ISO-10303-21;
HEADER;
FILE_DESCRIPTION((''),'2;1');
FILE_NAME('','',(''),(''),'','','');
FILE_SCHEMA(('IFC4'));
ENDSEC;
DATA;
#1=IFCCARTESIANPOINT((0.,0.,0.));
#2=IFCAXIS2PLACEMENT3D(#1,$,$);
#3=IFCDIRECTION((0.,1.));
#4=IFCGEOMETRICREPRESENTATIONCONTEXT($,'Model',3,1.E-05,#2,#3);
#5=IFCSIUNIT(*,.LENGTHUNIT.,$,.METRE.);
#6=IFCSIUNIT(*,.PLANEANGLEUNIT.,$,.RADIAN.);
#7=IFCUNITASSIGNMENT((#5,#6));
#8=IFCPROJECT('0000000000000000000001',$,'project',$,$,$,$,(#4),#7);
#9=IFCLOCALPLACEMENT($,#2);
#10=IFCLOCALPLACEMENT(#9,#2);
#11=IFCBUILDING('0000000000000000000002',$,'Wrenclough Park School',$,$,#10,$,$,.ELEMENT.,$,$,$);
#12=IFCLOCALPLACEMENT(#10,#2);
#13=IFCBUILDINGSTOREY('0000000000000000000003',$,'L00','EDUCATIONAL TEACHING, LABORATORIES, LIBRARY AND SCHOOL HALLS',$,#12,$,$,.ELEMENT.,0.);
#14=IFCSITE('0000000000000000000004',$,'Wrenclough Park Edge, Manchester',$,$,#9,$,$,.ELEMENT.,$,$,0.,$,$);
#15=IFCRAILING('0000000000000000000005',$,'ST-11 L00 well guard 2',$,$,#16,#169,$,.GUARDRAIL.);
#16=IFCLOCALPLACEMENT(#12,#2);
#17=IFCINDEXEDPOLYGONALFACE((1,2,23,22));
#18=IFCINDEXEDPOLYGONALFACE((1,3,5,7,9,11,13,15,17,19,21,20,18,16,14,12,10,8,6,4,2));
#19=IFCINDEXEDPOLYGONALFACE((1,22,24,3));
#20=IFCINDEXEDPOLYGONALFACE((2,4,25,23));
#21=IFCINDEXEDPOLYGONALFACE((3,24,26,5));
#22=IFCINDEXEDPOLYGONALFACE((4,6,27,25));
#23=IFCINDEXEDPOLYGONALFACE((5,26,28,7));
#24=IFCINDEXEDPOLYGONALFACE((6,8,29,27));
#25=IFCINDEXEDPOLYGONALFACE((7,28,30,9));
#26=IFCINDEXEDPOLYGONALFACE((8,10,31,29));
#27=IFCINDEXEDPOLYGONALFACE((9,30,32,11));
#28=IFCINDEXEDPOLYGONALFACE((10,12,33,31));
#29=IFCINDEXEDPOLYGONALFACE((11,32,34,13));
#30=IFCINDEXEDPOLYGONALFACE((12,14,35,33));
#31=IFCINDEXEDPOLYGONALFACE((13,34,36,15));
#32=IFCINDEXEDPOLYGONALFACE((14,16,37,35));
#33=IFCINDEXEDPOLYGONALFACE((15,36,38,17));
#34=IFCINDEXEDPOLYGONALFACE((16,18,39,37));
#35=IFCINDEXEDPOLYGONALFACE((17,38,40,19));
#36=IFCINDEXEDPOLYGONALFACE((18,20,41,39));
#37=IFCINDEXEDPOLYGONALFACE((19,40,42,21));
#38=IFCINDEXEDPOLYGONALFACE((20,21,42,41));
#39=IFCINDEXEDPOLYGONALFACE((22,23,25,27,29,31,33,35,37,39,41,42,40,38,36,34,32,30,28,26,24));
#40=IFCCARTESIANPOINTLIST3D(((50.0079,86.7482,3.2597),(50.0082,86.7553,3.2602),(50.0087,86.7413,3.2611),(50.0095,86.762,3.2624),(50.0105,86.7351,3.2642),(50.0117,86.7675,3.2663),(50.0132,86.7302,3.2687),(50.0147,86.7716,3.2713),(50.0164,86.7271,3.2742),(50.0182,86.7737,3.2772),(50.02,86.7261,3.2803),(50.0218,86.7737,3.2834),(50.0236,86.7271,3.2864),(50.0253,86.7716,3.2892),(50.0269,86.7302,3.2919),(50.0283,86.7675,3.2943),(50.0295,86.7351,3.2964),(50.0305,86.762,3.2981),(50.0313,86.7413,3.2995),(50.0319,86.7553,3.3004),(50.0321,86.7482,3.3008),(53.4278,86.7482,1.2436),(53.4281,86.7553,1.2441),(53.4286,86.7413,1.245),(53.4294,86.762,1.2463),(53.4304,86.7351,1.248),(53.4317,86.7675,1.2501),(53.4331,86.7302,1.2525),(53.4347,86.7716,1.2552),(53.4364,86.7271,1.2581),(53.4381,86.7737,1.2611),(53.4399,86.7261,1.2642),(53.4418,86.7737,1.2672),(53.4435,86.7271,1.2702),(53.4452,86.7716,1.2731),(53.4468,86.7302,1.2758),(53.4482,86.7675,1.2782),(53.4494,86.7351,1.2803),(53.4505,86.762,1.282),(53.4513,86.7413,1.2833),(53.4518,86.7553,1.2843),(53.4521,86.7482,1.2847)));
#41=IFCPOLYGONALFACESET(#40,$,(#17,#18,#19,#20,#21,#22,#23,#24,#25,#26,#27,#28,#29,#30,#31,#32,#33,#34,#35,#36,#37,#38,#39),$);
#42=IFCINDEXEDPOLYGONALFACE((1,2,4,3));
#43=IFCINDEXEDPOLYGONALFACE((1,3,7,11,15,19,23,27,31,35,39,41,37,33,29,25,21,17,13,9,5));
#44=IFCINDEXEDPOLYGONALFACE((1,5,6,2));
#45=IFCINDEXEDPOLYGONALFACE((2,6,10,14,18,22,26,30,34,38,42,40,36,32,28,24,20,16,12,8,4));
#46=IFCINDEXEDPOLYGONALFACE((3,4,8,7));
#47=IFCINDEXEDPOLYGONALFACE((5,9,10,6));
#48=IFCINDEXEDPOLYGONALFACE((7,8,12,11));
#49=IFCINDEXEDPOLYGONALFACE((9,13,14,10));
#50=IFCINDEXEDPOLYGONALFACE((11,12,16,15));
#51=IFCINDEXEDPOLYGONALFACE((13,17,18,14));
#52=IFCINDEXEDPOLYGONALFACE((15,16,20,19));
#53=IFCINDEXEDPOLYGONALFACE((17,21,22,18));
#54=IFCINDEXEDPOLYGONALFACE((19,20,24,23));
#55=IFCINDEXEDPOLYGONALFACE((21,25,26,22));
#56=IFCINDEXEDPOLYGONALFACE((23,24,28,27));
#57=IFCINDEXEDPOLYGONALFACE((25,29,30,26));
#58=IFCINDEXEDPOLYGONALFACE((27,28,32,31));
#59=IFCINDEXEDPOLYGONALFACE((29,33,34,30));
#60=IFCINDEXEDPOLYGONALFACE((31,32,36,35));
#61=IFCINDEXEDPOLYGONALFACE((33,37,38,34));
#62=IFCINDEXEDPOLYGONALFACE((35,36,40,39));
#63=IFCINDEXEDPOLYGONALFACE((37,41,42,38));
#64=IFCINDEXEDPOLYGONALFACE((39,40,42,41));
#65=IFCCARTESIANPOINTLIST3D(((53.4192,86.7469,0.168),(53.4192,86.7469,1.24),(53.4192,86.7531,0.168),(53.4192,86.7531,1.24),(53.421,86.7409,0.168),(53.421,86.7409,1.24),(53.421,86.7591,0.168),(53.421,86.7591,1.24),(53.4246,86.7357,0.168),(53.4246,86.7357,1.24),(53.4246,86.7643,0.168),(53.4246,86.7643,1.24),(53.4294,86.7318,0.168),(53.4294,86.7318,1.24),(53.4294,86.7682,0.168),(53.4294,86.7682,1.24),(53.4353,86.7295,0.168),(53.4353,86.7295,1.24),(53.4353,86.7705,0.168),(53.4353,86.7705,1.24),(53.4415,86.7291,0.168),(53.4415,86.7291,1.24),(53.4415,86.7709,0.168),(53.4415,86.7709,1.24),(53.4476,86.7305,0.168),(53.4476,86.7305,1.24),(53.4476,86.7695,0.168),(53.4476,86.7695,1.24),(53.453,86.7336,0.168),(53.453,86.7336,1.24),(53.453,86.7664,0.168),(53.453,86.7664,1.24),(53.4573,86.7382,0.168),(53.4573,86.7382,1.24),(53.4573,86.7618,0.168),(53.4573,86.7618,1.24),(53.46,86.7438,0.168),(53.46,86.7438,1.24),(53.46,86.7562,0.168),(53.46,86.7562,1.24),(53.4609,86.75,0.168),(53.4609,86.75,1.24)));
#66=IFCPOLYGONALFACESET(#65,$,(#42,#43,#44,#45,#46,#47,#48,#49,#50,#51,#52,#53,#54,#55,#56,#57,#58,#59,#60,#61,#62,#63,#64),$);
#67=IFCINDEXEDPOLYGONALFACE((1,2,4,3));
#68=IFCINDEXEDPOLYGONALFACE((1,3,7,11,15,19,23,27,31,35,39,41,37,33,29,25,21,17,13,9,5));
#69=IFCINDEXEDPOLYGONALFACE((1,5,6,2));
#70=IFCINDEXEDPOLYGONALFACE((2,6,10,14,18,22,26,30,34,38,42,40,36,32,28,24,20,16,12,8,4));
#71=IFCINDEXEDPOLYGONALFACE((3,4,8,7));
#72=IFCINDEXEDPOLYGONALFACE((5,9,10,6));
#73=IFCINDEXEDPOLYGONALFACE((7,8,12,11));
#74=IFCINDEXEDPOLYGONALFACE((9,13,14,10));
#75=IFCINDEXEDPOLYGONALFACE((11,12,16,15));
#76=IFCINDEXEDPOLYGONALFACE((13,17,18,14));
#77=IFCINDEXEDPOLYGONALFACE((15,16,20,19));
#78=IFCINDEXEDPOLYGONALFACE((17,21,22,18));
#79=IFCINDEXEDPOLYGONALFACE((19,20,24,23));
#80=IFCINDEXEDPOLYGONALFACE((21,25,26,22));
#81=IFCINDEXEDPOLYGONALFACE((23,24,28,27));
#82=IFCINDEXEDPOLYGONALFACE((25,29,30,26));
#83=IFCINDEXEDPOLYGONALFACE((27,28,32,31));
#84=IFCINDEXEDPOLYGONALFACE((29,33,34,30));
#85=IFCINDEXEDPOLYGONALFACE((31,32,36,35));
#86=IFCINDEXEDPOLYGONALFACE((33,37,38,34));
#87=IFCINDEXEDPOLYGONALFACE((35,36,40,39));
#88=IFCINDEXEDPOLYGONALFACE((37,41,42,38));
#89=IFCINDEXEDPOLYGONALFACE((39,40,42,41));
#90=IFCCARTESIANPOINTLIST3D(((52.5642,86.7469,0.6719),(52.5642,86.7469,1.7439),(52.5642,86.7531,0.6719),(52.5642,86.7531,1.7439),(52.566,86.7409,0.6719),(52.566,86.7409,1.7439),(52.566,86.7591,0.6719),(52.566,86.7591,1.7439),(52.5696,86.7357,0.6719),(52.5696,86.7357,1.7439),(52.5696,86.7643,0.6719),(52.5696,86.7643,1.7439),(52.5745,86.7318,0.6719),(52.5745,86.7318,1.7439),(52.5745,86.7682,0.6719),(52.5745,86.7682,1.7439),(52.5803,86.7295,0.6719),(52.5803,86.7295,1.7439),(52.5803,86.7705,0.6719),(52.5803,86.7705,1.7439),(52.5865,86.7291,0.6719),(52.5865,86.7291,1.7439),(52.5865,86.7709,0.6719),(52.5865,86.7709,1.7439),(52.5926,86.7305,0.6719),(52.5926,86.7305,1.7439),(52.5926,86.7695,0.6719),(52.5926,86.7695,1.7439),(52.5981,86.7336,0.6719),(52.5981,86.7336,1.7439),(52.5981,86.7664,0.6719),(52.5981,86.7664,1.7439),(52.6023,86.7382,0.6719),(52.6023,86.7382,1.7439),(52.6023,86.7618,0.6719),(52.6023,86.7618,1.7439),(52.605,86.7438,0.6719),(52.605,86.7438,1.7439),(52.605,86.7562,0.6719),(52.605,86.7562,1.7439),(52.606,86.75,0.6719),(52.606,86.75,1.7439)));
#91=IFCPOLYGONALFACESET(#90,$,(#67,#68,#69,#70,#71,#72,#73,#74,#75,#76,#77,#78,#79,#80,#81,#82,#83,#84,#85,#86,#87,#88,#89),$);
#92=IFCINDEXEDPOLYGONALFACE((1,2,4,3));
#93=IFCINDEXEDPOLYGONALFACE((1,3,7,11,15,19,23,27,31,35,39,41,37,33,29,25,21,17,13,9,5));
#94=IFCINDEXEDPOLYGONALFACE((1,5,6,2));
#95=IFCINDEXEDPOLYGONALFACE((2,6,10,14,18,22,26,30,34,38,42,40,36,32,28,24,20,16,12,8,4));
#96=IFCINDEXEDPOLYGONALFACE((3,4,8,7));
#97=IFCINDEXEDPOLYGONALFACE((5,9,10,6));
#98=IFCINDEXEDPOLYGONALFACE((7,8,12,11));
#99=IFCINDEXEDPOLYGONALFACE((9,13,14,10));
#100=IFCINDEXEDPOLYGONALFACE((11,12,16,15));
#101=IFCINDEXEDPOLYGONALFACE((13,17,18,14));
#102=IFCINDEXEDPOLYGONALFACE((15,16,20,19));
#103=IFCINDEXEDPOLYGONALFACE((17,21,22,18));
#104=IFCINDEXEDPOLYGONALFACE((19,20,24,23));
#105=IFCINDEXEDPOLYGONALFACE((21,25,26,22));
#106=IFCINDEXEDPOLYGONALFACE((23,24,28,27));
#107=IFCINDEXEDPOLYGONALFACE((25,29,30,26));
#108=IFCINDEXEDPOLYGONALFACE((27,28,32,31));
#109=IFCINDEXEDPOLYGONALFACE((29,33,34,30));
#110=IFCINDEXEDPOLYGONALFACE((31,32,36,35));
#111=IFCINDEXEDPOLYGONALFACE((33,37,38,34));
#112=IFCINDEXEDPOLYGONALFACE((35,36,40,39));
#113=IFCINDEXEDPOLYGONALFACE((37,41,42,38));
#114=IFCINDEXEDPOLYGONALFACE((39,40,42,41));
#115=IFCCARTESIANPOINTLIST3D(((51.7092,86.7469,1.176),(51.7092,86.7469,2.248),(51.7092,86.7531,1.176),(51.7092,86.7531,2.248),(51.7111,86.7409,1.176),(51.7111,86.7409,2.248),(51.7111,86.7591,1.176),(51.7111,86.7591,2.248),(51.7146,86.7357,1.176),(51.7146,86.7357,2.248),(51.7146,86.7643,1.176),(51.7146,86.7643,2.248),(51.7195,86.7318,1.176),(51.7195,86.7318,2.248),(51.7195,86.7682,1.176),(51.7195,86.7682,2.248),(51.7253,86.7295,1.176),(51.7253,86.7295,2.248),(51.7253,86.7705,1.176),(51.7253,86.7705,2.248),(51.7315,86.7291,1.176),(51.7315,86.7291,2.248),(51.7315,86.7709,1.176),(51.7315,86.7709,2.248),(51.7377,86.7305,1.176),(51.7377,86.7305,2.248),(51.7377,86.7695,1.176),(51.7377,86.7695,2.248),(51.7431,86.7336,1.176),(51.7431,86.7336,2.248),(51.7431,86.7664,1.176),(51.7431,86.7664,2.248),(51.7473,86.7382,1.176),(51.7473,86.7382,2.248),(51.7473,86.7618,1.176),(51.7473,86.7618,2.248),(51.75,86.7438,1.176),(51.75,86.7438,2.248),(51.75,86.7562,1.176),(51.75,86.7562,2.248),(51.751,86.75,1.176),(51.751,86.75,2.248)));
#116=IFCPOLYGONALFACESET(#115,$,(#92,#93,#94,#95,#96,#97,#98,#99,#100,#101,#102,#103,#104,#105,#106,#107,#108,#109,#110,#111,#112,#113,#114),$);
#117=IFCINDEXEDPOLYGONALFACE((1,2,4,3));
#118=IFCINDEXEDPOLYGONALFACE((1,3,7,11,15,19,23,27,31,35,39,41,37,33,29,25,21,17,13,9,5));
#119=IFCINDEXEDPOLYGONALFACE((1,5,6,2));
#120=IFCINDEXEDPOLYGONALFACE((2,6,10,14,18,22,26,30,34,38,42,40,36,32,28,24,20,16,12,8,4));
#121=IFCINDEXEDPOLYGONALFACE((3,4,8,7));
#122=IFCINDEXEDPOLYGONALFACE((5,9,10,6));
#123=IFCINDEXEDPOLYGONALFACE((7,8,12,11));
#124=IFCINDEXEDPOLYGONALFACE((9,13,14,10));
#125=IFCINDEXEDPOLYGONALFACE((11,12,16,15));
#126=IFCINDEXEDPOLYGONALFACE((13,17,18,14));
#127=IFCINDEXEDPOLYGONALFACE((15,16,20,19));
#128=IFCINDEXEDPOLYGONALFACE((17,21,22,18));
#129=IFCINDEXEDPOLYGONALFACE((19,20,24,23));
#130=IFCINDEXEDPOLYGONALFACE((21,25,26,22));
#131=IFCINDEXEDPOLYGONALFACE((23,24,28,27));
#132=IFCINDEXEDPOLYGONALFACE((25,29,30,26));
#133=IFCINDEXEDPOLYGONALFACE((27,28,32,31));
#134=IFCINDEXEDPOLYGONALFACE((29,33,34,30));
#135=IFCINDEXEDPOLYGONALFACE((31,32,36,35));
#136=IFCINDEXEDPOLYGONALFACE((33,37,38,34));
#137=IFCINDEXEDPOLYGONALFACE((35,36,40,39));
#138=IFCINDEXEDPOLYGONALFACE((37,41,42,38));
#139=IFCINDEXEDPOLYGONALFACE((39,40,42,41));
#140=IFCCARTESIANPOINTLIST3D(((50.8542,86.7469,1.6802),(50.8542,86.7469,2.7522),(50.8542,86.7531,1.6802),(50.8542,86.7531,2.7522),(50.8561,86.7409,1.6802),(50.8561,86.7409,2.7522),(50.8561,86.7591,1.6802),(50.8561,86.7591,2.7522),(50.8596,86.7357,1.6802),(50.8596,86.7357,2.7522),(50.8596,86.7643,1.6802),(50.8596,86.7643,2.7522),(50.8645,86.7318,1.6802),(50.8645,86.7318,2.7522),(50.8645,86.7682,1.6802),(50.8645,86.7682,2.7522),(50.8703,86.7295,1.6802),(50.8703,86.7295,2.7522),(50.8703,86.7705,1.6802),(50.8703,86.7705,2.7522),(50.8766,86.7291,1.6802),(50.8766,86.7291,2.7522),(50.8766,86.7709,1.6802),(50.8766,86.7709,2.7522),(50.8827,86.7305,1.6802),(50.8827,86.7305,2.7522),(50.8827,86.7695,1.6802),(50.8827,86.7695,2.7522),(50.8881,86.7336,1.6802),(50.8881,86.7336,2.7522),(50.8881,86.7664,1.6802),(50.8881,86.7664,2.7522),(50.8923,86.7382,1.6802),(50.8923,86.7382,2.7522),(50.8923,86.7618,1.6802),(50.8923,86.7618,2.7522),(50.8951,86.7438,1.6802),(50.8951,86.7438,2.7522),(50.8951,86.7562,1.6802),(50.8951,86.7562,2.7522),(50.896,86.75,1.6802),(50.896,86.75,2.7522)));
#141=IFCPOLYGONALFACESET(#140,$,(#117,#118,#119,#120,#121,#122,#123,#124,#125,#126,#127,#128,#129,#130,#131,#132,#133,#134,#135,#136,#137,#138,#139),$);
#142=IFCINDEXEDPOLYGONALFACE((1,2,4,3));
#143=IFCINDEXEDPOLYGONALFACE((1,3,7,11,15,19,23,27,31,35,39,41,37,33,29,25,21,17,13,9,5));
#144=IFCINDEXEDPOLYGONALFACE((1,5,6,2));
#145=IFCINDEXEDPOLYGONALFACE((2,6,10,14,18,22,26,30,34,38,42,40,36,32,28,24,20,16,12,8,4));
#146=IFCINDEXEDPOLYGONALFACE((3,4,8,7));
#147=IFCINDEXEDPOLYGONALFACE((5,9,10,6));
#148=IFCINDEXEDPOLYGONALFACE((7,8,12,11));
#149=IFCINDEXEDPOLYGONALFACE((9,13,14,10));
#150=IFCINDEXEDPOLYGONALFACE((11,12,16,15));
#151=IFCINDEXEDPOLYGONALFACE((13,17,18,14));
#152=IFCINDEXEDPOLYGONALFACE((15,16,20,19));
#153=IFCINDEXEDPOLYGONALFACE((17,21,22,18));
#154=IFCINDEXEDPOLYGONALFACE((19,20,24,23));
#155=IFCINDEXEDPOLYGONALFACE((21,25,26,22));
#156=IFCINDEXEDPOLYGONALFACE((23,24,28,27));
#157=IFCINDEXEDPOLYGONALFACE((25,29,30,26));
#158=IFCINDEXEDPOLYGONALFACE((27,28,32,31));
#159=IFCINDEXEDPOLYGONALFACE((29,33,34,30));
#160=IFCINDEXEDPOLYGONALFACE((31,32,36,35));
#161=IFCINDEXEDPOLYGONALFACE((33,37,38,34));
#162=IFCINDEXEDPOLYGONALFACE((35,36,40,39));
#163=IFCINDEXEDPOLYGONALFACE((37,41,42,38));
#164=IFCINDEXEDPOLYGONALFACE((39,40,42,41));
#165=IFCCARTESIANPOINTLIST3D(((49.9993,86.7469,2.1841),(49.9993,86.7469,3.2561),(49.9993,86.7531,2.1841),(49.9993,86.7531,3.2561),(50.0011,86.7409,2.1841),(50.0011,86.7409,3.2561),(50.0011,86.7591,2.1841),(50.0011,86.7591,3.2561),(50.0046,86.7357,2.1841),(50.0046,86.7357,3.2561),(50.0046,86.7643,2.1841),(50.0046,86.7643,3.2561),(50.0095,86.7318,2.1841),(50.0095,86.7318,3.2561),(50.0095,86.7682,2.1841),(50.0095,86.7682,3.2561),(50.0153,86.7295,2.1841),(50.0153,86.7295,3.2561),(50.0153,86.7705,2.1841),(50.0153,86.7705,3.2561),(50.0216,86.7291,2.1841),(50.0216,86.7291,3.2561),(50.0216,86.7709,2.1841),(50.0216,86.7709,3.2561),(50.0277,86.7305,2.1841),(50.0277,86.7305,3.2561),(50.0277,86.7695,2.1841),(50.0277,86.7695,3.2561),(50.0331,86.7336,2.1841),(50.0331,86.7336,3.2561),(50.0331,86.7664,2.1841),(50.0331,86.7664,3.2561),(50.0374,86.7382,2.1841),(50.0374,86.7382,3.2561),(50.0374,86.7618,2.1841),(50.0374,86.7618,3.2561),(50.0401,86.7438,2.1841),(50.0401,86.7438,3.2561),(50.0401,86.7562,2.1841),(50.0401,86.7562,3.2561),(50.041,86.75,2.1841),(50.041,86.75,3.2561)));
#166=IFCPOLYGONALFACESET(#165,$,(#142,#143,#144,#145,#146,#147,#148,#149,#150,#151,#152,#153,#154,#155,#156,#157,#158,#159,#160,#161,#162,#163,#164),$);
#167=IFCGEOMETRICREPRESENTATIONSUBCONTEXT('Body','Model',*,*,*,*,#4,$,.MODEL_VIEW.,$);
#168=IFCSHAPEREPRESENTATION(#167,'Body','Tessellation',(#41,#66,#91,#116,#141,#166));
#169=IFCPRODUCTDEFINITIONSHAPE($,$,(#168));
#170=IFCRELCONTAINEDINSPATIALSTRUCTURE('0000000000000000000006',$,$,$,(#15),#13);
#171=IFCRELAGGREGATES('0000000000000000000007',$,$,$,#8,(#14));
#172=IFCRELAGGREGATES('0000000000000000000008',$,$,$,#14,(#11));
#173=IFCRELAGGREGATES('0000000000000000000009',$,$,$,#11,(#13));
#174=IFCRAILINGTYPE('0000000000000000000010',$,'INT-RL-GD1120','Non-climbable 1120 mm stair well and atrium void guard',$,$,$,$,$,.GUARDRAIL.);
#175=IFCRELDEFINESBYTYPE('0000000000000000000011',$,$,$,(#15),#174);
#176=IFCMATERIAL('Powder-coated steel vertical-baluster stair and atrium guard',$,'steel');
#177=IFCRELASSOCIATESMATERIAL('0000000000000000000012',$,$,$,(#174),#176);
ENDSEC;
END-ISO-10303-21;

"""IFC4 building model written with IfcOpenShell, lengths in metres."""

from ifc_helpers import new_model, si_unit, direction, frame, origin, origin_2d, place, context, subcontext, project, spatial, circle, extrude, material, type_object, element, save


model = new_model("IFC4")

# Units and contexts
model_context = context("Model", 3, precision=1e-05, world=origin(), true_north=direction((0.0, 1.0)))
body_context = subcontext(model_context, "Body", "Model", "MODEL_VIEW")
ifc_project = project(units=[si_unit("LENGTHUNIT", "METRE"), si_unit("PLANEANGLEUNIT", "RADIAN")], contexts=[model_context])

# Site, building, storey
site_placement = place(None, origin())
site = spatial("IfcSite", under=ifc_project, at=site_placement, Name="Wrenclough Park Edge, Manchester", CompositionType="ELEMENT", RefElevation=0.0)
building_placement = place(site_placement, origin())
building = spatial("IfcBuilding", under=site, at=building_placement, Name="Wrenclough Park School", CompositionType="ELEMENT")
storey_placement = place(building_placement, origin())
storey = spatial("IfcBuildingStorey", under=building, at=storey_placement, Name="L00", Description="EDUCATIONAL TEACHING, LABORATORIES, LIBRARY AND SCHOOL HALLS", CompositionType="ELEMENT", Elevation=0.0)

# Railing
ifc_material_1 = material(Name="Powder-coated steel vertical-baluster stair and atrium guard", Category="steel")
railing_type_1 = type_object("IfcRailingType", Name="INT-RL-GD1120", Description="Non-climbable 1120 mm stair well and atrium void guard", PredefinedType="GUARDRAIL", material=ifc_material_1)
railing_1_placement = place(storey_placement, frame((53.4399, 86.75, 0.168)))
element("IfcRailing", 1, at=railing_1_placement, inside=storey, type_object=railing_type_1, Name="ST-11 L00 well guard 2", PredefinedType="GUARDRAIL", context=body_context, shape_type="SweptSolid", body=[
    extrude(circle(Radius=0.0239, at=origin_2d()), frame((0.0, 0.0, 1.0962), z_axis=(-0.86145, 0.0, 0.507842), x_axis=(0.0, -1.0, 0.0)), (0.0, 0.0, 1.0), 3.97),
    extrude(circle(Radius=0.021, at=origin_2d()), origin(), (0.0, 0.0, 1.0), 1.072),
    extrude(circle(Radius=0.021, at=origin_2d()), frame((-0.855, 0.0, 0.5039)), (0.0, 0.0, 1.0), 1.072),
    extrude(circle(Radius=0.021, at=origin_2d()), frame((-1.71, 0.0, 1.0081)), (0.0, 0.0, 1.0), 1.072),
    extrude(circle(Radius=0.021, at=origin_2d()), frame((-2.5649, 0.0, 1.5122)), (0.0, 0.0, 1.0), 1.072),
    extrude(circle(Radius=0.021, at=origin_2d()), frame((-3.4199, 0.0, 2.0161)), (0.0, 0.0, 1.0), 1.072),
])

save(model, "model.ifc")
